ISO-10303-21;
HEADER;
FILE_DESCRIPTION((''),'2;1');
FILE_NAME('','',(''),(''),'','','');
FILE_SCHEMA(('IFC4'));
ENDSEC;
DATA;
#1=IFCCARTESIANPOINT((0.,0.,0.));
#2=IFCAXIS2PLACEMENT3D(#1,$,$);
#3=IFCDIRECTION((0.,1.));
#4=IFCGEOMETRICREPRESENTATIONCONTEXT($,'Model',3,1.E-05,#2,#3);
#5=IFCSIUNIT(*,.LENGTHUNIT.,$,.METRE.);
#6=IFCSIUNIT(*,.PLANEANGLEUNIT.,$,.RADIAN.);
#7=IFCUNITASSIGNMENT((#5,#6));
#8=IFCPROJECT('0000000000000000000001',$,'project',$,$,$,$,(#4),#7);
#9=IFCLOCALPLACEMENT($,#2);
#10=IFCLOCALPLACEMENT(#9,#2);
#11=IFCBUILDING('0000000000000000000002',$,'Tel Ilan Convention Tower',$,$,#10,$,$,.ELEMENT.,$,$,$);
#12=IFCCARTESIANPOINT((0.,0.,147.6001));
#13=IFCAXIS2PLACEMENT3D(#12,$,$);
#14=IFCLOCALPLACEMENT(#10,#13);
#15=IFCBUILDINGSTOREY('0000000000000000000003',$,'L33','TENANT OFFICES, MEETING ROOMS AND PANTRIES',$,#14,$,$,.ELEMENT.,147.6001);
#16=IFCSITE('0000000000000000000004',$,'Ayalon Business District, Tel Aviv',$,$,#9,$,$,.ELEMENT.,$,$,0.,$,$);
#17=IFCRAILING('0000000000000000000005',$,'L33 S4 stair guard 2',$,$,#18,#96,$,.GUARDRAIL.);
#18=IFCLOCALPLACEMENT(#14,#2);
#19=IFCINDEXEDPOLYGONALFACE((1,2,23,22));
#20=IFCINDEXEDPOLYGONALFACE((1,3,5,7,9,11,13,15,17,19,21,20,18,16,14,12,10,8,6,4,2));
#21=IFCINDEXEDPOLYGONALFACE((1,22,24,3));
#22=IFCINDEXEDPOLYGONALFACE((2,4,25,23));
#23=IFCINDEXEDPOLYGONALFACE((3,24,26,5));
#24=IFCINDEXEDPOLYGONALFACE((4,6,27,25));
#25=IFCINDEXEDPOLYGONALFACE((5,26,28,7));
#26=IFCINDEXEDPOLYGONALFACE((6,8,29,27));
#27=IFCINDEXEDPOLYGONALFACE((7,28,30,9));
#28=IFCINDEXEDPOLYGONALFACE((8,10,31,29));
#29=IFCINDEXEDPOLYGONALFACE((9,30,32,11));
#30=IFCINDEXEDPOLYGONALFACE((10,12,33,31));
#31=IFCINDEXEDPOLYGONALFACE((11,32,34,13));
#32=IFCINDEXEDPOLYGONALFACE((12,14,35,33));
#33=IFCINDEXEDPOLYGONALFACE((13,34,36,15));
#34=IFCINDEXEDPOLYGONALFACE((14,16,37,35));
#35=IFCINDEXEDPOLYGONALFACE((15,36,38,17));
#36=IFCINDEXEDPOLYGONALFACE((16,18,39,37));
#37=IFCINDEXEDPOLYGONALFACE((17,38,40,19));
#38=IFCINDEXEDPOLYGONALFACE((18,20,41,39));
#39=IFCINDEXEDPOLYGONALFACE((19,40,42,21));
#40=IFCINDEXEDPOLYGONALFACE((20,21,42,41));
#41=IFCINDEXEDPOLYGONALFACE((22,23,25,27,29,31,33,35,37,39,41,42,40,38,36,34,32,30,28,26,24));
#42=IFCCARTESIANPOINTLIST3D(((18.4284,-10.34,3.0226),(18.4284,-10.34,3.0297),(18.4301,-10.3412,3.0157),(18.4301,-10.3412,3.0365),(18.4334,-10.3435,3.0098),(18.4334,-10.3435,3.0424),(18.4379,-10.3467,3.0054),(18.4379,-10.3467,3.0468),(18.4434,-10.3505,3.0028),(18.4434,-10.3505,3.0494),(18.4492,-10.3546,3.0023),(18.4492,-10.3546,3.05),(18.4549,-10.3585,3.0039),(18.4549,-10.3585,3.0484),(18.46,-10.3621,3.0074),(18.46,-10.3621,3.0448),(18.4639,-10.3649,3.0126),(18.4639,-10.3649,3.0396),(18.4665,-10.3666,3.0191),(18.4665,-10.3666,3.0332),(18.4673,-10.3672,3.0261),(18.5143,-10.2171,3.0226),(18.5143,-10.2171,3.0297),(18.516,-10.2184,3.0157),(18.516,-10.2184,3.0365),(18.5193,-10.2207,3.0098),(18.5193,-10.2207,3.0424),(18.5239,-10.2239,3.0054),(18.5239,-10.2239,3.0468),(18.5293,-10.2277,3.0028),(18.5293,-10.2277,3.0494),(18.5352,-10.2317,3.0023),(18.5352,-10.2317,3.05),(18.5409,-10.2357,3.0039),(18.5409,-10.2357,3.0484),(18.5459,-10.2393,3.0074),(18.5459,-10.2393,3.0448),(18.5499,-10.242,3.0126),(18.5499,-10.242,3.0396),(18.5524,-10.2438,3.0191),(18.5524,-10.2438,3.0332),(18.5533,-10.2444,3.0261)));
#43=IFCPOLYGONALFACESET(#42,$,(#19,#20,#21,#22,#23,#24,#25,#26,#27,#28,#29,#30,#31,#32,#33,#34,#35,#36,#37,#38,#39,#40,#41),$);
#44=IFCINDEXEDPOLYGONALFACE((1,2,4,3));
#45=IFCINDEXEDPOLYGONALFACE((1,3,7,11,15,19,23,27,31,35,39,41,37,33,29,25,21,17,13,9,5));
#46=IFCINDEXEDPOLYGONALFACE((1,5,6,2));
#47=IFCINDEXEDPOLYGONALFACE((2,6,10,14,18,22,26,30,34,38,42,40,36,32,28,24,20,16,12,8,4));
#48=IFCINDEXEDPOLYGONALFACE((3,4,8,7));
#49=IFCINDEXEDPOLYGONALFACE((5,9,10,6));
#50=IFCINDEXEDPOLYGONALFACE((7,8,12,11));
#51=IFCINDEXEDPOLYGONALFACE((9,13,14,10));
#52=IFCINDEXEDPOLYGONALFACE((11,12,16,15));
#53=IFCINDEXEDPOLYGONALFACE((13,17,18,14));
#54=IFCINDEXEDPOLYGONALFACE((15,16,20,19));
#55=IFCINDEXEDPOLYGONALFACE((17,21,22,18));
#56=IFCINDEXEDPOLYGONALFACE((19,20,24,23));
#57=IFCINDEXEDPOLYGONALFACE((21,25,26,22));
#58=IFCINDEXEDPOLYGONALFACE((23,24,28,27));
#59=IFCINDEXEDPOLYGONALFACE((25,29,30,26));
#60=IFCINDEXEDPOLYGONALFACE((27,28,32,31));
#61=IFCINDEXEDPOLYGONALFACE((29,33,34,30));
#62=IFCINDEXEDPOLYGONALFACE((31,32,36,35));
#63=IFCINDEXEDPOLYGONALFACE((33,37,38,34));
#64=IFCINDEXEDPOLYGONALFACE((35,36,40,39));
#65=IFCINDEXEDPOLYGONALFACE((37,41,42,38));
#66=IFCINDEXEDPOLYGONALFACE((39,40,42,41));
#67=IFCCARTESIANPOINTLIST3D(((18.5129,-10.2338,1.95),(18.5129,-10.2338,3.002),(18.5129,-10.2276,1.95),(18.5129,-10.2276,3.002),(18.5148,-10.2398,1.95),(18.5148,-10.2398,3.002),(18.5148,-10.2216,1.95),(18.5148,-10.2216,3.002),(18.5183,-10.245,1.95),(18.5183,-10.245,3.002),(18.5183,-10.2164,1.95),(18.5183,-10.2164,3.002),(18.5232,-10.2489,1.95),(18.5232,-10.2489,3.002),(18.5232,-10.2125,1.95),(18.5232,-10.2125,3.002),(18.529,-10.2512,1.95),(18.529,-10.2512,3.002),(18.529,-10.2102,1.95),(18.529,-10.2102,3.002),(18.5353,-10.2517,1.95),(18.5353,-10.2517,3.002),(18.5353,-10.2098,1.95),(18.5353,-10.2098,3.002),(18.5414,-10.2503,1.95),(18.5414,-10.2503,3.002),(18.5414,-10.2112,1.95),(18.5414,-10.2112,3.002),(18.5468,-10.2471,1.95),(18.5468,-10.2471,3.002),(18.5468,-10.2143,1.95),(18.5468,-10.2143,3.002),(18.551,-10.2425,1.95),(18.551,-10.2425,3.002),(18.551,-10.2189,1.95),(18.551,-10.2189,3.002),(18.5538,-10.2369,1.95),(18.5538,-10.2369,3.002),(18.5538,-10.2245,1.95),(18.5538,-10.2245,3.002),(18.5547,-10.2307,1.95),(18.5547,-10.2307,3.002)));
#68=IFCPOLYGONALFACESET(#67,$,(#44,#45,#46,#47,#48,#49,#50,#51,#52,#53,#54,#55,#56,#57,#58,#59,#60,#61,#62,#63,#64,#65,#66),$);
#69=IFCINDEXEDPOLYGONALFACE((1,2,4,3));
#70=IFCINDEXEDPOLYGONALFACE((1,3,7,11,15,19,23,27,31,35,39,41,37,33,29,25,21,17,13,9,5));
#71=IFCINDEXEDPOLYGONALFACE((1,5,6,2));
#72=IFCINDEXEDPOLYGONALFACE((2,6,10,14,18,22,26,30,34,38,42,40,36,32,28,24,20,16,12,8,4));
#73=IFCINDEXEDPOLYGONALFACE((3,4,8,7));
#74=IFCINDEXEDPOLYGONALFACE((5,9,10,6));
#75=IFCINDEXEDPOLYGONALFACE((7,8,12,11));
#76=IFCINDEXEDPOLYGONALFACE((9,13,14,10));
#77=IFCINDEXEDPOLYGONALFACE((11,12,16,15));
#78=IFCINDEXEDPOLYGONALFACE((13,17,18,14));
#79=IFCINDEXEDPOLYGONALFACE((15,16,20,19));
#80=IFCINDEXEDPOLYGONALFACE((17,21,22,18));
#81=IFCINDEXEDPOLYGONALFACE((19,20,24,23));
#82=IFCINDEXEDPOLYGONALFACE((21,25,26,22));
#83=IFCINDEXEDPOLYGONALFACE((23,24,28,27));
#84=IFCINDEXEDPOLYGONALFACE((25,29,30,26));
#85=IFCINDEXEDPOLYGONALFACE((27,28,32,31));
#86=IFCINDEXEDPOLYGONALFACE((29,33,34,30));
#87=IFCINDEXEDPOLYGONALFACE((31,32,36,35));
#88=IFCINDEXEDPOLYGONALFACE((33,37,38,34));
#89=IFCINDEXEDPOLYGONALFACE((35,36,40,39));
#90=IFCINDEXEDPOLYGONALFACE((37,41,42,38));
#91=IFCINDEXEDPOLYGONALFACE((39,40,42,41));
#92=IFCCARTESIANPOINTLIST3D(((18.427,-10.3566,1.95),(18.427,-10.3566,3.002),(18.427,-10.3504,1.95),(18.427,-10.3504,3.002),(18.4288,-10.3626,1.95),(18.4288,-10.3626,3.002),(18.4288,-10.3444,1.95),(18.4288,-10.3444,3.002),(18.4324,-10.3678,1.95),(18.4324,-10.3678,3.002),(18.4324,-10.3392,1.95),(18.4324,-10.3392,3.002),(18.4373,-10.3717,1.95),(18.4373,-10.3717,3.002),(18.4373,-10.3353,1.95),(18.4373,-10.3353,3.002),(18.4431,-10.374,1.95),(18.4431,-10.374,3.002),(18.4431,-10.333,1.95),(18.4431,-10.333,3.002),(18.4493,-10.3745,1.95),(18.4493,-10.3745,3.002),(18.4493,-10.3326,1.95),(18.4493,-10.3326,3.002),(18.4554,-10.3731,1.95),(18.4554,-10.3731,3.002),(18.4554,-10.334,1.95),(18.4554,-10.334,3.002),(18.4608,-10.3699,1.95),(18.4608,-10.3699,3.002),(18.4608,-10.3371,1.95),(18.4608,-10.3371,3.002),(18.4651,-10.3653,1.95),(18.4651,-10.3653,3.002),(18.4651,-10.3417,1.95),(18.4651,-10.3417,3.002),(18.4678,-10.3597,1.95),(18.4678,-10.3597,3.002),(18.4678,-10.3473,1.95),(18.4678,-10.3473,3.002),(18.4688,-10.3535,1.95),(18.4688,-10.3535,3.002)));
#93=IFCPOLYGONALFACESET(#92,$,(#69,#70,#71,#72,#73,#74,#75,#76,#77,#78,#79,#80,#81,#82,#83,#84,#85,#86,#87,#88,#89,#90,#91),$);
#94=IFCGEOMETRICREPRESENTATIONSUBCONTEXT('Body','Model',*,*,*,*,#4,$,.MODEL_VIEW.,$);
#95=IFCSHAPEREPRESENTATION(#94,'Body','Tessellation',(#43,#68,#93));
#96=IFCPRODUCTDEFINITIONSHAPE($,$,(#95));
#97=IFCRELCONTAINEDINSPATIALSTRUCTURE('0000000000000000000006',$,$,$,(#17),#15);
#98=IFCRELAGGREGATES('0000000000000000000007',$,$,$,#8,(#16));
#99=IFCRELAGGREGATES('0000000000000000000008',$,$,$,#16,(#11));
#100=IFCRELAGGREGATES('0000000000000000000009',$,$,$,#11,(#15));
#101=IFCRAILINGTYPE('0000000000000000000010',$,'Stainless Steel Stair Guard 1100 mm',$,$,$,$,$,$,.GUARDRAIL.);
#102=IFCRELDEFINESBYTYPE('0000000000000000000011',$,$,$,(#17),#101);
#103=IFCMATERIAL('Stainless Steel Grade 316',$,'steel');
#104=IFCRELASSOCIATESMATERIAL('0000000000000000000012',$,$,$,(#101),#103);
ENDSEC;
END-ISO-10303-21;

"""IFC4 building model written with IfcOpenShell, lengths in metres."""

from ifc_helpers import new_model, si_unit, direction, frame, origin, origin_2d, place, context, subcontext, project, spatial, circle, extrude, material, type_object, element, save


model = new_model("IFC4")

# Units and contexts
model_context = context("Model", 3, precision=1e-05, world=origin(), true_north=direction((0.0, 1.0)))
body_context = subcontext(model_context, "Body", "Model", "MODEL_VIEW")
ifc_project = project(units=[si_unit("LENGTHUNIT", "METRE"), si_unit("PLANEANGLEUNIT", "RADIAN")], contexts=[model_context])

# Site, building, storey
site_placement = place(None, origin())
site = spatial("IfcSite", under=ifc_project, at=site_placement, Name="Ayalon Business District, Tel Aviv", CompositionType="ELEMENT", RefElevation=0.0)
building_placement = place(site_placement, origin())
building = spatial("IfcBuilding", under=site, at=building_placement, Name="Tel Ilan Convention Tower", CompositionType="ELEMENT")
storey_placement = place(building_placement, frame((0.0, 0.0, 147.6001)))
storey = spatial("IfcBuildingStorey", under=building, at=storey_placement, Name="L33", Description="TENANT OFFICES, MEETING ROOMS AND PANTRIES", CompositionType="ELEMENT", Elevation=147.6001)

# Railing
ifc_material_1 = material(Name="Stainless Steel Grade 316", Category="steel")
railing_type_1 = type_object("IfcRailingType", Name="Stainless Steel Stair Guard 1100 mm", PredefinedType="GUARDRAIL", material=ifc_material_1)
railing_1_placement = place(storey_placement, frame((18.5337, -10.2307, 1.95)))
element("IfcRailing", 1, at=railing_1_placement, inside=storey, type_object=railing_type_1, Name="L33 S4 stair guard 2", PredefinedType="GUARDRAIL", context=body_context, shape_type="SweptSolid", body=[
    extrude(circle(Radius=0.0239, at=origin_2d()), frame((0.0, 0.0, 1.0762), z_axis=(-0.573353, -0.819308, 0.0), x_axis=(0.819308, -0.573353, 0.0)), (0.0, 0.0, 1.0), 0.1499),
    extrude(circle(Radius=0.021, at=origin_2d()), origin(), (0.0, 0.0, 1.0), 1.052),
    extrude(circle(Radius=0.021, at=origin_2d()), frame((-0.0859, -0.1228, 0.0)), (0.0, 0.0, 1.0), 1.052),
])

save(model, "model.ifc")
